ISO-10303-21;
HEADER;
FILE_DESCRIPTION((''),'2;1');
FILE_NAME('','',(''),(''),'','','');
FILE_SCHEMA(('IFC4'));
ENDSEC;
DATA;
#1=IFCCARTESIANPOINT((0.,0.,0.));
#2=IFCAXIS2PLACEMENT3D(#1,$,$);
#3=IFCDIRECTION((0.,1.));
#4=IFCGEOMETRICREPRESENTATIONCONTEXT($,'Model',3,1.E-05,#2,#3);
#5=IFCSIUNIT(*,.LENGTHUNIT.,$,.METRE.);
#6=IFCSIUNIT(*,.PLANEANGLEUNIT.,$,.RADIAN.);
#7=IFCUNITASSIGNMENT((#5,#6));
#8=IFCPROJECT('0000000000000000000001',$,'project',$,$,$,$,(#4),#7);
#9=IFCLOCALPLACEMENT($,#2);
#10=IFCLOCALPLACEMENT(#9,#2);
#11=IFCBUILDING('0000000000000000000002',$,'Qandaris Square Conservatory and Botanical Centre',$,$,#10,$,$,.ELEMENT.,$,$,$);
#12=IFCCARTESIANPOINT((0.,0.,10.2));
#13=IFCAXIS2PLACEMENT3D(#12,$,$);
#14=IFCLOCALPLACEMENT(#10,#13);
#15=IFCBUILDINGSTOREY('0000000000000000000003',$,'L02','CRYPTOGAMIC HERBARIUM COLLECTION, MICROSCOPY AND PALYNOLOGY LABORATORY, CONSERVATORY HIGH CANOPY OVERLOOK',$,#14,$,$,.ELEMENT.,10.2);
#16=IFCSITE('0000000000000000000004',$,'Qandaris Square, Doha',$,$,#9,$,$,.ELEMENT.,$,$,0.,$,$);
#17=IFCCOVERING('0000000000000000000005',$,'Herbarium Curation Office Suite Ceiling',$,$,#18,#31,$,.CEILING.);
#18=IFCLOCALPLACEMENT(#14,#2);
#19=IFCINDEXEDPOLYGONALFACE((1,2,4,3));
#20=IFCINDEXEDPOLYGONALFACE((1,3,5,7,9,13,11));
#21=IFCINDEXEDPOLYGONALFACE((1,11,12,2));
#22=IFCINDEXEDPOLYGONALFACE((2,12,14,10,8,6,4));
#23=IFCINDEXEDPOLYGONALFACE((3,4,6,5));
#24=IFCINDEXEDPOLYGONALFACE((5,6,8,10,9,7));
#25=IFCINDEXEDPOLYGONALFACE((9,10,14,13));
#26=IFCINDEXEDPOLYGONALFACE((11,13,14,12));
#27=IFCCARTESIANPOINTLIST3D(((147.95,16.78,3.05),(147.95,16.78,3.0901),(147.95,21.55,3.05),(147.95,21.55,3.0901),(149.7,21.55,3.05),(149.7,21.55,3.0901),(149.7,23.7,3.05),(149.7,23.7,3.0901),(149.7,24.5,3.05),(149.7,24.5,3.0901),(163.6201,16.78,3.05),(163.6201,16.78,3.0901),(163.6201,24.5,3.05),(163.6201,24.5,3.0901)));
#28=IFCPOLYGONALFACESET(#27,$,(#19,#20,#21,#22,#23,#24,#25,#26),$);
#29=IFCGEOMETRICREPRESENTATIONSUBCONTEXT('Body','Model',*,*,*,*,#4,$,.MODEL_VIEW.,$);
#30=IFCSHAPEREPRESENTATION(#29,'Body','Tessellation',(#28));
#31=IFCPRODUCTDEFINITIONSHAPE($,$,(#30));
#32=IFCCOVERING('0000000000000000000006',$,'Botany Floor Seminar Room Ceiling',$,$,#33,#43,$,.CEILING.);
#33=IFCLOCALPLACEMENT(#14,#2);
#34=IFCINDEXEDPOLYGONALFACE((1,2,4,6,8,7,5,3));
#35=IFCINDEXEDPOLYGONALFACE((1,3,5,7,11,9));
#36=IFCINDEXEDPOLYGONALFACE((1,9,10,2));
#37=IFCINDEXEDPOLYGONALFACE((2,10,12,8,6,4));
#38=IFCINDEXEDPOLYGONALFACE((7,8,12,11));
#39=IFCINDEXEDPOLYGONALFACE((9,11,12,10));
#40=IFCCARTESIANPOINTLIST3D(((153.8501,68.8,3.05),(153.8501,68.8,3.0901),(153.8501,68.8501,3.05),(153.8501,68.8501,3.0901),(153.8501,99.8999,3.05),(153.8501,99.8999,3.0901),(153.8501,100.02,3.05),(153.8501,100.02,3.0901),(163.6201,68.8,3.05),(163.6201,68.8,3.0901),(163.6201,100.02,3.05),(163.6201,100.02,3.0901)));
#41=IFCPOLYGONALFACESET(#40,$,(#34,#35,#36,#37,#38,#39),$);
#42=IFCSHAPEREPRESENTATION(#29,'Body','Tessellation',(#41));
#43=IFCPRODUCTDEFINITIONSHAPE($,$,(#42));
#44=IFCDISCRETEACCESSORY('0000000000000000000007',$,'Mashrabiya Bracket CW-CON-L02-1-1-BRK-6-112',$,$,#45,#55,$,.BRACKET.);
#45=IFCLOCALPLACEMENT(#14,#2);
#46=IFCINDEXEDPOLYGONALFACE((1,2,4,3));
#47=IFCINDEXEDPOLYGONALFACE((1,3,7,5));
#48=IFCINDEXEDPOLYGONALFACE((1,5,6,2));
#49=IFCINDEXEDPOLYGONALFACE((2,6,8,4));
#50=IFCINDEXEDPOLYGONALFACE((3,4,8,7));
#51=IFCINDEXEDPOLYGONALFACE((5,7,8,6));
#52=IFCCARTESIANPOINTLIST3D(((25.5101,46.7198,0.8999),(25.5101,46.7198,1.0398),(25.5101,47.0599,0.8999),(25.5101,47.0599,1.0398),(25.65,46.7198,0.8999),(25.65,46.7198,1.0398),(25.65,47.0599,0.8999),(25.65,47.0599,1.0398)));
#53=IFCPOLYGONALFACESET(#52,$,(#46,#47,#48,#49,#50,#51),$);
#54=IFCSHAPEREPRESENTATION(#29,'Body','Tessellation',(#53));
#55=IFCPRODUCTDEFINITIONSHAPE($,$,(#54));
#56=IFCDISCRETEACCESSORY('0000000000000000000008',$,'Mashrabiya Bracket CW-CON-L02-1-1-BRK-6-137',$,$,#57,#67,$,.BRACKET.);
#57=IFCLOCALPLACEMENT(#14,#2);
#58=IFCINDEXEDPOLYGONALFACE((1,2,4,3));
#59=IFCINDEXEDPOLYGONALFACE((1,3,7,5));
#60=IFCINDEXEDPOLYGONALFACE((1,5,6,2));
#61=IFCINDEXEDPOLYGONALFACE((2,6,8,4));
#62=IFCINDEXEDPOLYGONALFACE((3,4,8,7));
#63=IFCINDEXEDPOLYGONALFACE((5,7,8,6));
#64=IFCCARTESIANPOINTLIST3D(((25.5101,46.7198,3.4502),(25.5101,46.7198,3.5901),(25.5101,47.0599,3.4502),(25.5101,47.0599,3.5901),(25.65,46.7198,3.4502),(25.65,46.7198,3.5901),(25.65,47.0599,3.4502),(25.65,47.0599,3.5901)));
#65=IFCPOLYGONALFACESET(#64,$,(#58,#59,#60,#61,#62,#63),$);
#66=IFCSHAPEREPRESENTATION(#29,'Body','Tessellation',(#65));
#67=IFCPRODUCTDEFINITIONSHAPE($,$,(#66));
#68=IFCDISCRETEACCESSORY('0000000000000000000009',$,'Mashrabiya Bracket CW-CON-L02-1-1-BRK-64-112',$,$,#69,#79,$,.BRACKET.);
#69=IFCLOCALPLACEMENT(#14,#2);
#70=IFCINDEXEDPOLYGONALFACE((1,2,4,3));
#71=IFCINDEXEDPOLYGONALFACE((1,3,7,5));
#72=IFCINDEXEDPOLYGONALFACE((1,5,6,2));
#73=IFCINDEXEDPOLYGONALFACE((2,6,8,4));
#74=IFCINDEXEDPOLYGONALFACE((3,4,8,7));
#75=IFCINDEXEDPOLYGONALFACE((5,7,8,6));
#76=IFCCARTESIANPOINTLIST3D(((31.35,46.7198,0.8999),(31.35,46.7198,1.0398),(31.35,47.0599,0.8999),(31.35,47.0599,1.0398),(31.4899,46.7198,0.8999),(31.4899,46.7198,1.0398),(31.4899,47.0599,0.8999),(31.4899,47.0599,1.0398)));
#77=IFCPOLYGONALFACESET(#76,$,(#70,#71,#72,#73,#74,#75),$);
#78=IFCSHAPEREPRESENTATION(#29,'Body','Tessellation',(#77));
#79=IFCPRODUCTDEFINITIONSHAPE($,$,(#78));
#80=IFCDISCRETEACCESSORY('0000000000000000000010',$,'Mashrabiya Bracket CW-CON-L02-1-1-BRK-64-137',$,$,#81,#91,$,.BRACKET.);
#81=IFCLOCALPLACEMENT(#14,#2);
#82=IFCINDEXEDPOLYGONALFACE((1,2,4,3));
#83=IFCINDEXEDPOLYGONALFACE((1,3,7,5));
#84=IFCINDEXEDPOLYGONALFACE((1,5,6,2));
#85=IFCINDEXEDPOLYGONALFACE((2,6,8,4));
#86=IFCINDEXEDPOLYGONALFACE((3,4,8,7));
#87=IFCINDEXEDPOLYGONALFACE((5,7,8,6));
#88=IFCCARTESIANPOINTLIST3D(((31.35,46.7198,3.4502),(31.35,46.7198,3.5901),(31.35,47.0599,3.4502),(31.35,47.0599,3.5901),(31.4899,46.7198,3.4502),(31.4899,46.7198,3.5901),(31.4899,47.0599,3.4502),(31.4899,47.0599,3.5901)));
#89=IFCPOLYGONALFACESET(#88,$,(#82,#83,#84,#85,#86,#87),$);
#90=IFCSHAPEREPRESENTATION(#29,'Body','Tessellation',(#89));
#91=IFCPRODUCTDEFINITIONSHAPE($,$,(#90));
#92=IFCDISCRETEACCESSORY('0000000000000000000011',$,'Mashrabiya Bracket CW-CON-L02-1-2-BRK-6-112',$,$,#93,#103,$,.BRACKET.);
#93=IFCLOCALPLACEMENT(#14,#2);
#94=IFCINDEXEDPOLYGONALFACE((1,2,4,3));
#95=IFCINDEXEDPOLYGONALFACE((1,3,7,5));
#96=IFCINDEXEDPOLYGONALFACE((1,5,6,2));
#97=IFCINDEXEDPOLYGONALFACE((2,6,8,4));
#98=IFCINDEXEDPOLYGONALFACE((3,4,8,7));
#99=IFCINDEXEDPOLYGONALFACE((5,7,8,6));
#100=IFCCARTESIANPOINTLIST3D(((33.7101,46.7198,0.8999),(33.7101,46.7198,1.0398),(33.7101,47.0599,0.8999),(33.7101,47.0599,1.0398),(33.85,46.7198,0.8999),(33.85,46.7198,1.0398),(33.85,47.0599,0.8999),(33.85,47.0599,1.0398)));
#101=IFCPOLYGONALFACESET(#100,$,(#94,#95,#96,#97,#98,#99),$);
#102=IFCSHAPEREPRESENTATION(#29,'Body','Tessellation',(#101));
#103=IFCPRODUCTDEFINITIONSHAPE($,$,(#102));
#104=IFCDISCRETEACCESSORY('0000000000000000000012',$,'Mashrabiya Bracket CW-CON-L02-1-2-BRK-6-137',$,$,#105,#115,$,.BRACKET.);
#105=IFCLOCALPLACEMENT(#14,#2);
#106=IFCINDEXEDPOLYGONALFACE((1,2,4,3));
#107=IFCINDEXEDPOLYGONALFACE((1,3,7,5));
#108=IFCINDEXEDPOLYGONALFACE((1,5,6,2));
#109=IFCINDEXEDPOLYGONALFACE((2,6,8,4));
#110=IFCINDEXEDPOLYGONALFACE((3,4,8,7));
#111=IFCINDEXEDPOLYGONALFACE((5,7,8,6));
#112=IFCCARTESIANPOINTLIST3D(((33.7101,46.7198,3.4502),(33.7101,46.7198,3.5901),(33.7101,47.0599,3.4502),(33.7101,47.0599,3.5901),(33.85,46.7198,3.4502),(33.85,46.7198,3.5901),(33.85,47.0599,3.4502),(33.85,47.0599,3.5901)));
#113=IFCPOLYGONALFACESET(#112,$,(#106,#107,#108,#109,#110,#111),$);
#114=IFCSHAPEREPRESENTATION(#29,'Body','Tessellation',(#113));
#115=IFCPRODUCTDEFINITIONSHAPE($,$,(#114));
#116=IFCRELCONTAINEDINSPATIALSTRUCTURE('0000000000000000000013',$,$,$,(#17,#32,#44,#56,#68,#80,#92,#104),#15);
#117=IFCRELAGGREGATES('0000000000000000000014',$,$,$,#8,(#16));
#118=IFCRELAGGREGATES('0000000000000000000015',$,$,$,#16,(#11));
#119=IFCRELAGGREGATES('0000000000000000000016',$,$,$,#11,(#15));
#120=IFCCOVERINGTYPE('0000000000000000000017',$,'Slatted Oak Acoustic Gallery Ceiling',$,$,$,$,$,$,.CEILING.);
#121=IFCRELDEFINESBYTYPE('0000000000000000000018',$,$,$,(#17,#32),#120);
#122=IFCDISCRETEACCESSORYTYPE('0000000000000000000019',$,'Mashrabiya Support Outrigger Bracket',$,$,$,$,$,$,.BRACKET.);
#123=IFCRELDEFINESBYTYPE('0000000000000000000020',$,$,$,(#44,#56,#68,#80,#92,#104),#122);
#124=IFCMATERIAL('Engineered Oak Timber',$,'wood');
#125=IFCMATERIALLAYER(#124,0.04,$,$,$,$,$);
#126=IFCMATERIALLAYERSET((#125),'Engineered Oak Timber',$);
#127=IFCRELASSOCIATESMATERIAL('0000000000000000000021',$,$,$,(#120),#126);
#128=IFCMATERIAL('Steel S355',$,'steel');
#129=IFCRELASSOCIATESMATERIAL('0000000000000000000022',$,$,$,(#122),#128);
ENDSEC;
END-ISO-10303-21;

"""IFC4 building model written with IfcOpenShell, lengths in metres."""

from ifc_helpers import new_model, si_unit, direction, frame, origin, origin_2d, place, context, subcontext, project, spatial, polyline, rectangle, outline, extrude, material, layer, layer_set, type_object, element, save


model = new_model("IFC4")

# Units and contexts
model_context = context("Model", 3, precision=1e-05, world=origin(), true_north=direction((0.0, 1.0)))
body_context = subcontext(model_context, "Body", "Model", "MODEL_VIEW")
ifc_project = project(units=[si_unit("LENGTHUNIT", "METRE"), si_unit("PLANEANGLEUNIT", "RADIAN")], contexts=[model_context])

# Site, building, storey
site_placement = place(None, origin())
site = spatial("IfcSite", under=ifc_project, at=site_placement, Name="Qandaris Square, Doha", CompositionType="ELEMENT", RefElevation=0.0)
building_placement = place(site_placement, origin())
building = spatial("IfcBuilding", under=site, at=building_placement, Name="Qandaris Square Conservatory and Botanical Centre", CompositionType="ELEMENT")
storey_placement = place(building_placement, frame((0.0, 0.0, 10.2)))
storey = spatial("IfcBuildingStorey", under=building, at=storey_placement, Name="L02", Description="CRYPTOGAMIC HERBARIUM COLLECTION, MICROSCOPY AND PALYNOLOGY LABORATORY, CONSERVATORY HIGH CANOPY OVERLOOK", CompositionType="ELEMENT", Elevation=10.2)

# Coverings
ifc_material_1 = material(Name="Engineered Oak Timber", Category="wood")
ifc_layer_1 = layer(ifc_material_1, 0.04)
ifc_layer_set_1 = layer_set([ifc_layer_1], Name="Engineered Oak Timber")
covering_type_1 = type_object("IfcCoveringType", Name="Slatted Oak Acoustic Gallery Ceiling", PredefinedType="CEILING", material=ifc_layer_set_1)
covering_1_placement = place(storey_placement, frame((0.0, 0.0, 3.05)))
element("IfcCovering", 1, at=covering_1_placement, inside=storey, type_object=covering_type_1, Name="Herbarium Curation Office Suite Ceiling", PredefinedType="CEILING", context=body_context, shape_type="SweptSolid", body=[
    extrude(outline(polyline([(147.95, 21.55), (149.7, 21.55), (149.7, 23.7), (149.7, 24.5), (163.6201, 24.5), (163.6201, 16.78), (147.95, 16.78), (147.95, 21.55)])), origin(), (0.0, 0.0, 1.0), 0.04),
])
covering_2_placement = place(storey_placement, frame((0.0, 0.0, 3.05)))
element("IfcCovering", 2, at=covering_2_placement, inside=storey, type_object=covering_type_1, Name="Botany Floor Seminar Room Ceiling", PredefinedType="CEILING", context=body_context, shape_type="SweptSolid", body=[
    extrude(outline(polyline([(153.8501, 68.8), (153.8501, 68.8501), (153.8501, 99.8999), (153.8501, 100.02), (163.6201, 100.02), (163.6201, 68.8), (153.8501, 68.8)])), origin(), (0.0, 0.0, 1.0), 0.04),
])

# Discrete accessories
ifc_material_2 = material(Name="Steel S355", Category="steel")
discrete_accessory_type = type_object("IfcDiscreteAccessoryType", Name="Mashrabiya Support Outrigger Bracket", PredefinedType="BRACKET", material=ifc_material_2)
for number, where, z_axis, x_axis, name in (
    (3, (25.5801, 46.8899, 0.8999), (0.0, 0.0, 1.0), (1.0, 0.0, 0.0), "Mashrabiya Bracket CW-CON-L02-1-1-BRK-6-112"),
    (4, (25.5801, 46.8899, 3.4502), (0.0, 0.0, 1.0), (1.0, 0.0, 0.0), "Mashrabiya Bracket CW-CON-L02-1-1-BRK-6-137"),
    (5, (31.4199, 46.8899, 0.8999), (0.0, 0.0, 1.0), (1.0, 0.0, 0.0), "Mashrabiya Bracket CW-CON-L02-1-1-BRK-64-112"),
    (6, (31.4199, 46.8899, 3.4502), (0.0, 0.0, 1.0), (1.0, 0.0, 0.0), "Mashrabiya Bracket CW-CON-L02-1-1-BRK-64-137"),
    (7, (33.78, 46.8899, 0.8999), (0.0, 0.0, 1.0), (1.0, 0.0, 0.0), "Mashrabiya Bracket CW-CON-L02-1-2-BRK-6-112"),
    (8, (33.78, 46.8899, 3.4502), (0.0, 0.0, 1.0), (1.0, 0.0, 0.0), "Mashrabiya Bracket CW-CON-L02-1-2-BRK-6-137"),
):
    element("IfcDiscreteAccessory", number, at=place(storey_placement, frame(where, z_axis=z_axis, x_axis=x_axis)), inside=storey, type_object=discrete_accessory_type, Name=name, PredefinedType="BRACKET", context=body_context, shape_type="SweptSolid", body=[
        extrude(rectangle(XDim=0.1399, YDim=0.3401, at=origin_2d()), origin(), (0.0, 0.0, 1.0), 0.1399),
    ])

save(model, "model.ifc")
